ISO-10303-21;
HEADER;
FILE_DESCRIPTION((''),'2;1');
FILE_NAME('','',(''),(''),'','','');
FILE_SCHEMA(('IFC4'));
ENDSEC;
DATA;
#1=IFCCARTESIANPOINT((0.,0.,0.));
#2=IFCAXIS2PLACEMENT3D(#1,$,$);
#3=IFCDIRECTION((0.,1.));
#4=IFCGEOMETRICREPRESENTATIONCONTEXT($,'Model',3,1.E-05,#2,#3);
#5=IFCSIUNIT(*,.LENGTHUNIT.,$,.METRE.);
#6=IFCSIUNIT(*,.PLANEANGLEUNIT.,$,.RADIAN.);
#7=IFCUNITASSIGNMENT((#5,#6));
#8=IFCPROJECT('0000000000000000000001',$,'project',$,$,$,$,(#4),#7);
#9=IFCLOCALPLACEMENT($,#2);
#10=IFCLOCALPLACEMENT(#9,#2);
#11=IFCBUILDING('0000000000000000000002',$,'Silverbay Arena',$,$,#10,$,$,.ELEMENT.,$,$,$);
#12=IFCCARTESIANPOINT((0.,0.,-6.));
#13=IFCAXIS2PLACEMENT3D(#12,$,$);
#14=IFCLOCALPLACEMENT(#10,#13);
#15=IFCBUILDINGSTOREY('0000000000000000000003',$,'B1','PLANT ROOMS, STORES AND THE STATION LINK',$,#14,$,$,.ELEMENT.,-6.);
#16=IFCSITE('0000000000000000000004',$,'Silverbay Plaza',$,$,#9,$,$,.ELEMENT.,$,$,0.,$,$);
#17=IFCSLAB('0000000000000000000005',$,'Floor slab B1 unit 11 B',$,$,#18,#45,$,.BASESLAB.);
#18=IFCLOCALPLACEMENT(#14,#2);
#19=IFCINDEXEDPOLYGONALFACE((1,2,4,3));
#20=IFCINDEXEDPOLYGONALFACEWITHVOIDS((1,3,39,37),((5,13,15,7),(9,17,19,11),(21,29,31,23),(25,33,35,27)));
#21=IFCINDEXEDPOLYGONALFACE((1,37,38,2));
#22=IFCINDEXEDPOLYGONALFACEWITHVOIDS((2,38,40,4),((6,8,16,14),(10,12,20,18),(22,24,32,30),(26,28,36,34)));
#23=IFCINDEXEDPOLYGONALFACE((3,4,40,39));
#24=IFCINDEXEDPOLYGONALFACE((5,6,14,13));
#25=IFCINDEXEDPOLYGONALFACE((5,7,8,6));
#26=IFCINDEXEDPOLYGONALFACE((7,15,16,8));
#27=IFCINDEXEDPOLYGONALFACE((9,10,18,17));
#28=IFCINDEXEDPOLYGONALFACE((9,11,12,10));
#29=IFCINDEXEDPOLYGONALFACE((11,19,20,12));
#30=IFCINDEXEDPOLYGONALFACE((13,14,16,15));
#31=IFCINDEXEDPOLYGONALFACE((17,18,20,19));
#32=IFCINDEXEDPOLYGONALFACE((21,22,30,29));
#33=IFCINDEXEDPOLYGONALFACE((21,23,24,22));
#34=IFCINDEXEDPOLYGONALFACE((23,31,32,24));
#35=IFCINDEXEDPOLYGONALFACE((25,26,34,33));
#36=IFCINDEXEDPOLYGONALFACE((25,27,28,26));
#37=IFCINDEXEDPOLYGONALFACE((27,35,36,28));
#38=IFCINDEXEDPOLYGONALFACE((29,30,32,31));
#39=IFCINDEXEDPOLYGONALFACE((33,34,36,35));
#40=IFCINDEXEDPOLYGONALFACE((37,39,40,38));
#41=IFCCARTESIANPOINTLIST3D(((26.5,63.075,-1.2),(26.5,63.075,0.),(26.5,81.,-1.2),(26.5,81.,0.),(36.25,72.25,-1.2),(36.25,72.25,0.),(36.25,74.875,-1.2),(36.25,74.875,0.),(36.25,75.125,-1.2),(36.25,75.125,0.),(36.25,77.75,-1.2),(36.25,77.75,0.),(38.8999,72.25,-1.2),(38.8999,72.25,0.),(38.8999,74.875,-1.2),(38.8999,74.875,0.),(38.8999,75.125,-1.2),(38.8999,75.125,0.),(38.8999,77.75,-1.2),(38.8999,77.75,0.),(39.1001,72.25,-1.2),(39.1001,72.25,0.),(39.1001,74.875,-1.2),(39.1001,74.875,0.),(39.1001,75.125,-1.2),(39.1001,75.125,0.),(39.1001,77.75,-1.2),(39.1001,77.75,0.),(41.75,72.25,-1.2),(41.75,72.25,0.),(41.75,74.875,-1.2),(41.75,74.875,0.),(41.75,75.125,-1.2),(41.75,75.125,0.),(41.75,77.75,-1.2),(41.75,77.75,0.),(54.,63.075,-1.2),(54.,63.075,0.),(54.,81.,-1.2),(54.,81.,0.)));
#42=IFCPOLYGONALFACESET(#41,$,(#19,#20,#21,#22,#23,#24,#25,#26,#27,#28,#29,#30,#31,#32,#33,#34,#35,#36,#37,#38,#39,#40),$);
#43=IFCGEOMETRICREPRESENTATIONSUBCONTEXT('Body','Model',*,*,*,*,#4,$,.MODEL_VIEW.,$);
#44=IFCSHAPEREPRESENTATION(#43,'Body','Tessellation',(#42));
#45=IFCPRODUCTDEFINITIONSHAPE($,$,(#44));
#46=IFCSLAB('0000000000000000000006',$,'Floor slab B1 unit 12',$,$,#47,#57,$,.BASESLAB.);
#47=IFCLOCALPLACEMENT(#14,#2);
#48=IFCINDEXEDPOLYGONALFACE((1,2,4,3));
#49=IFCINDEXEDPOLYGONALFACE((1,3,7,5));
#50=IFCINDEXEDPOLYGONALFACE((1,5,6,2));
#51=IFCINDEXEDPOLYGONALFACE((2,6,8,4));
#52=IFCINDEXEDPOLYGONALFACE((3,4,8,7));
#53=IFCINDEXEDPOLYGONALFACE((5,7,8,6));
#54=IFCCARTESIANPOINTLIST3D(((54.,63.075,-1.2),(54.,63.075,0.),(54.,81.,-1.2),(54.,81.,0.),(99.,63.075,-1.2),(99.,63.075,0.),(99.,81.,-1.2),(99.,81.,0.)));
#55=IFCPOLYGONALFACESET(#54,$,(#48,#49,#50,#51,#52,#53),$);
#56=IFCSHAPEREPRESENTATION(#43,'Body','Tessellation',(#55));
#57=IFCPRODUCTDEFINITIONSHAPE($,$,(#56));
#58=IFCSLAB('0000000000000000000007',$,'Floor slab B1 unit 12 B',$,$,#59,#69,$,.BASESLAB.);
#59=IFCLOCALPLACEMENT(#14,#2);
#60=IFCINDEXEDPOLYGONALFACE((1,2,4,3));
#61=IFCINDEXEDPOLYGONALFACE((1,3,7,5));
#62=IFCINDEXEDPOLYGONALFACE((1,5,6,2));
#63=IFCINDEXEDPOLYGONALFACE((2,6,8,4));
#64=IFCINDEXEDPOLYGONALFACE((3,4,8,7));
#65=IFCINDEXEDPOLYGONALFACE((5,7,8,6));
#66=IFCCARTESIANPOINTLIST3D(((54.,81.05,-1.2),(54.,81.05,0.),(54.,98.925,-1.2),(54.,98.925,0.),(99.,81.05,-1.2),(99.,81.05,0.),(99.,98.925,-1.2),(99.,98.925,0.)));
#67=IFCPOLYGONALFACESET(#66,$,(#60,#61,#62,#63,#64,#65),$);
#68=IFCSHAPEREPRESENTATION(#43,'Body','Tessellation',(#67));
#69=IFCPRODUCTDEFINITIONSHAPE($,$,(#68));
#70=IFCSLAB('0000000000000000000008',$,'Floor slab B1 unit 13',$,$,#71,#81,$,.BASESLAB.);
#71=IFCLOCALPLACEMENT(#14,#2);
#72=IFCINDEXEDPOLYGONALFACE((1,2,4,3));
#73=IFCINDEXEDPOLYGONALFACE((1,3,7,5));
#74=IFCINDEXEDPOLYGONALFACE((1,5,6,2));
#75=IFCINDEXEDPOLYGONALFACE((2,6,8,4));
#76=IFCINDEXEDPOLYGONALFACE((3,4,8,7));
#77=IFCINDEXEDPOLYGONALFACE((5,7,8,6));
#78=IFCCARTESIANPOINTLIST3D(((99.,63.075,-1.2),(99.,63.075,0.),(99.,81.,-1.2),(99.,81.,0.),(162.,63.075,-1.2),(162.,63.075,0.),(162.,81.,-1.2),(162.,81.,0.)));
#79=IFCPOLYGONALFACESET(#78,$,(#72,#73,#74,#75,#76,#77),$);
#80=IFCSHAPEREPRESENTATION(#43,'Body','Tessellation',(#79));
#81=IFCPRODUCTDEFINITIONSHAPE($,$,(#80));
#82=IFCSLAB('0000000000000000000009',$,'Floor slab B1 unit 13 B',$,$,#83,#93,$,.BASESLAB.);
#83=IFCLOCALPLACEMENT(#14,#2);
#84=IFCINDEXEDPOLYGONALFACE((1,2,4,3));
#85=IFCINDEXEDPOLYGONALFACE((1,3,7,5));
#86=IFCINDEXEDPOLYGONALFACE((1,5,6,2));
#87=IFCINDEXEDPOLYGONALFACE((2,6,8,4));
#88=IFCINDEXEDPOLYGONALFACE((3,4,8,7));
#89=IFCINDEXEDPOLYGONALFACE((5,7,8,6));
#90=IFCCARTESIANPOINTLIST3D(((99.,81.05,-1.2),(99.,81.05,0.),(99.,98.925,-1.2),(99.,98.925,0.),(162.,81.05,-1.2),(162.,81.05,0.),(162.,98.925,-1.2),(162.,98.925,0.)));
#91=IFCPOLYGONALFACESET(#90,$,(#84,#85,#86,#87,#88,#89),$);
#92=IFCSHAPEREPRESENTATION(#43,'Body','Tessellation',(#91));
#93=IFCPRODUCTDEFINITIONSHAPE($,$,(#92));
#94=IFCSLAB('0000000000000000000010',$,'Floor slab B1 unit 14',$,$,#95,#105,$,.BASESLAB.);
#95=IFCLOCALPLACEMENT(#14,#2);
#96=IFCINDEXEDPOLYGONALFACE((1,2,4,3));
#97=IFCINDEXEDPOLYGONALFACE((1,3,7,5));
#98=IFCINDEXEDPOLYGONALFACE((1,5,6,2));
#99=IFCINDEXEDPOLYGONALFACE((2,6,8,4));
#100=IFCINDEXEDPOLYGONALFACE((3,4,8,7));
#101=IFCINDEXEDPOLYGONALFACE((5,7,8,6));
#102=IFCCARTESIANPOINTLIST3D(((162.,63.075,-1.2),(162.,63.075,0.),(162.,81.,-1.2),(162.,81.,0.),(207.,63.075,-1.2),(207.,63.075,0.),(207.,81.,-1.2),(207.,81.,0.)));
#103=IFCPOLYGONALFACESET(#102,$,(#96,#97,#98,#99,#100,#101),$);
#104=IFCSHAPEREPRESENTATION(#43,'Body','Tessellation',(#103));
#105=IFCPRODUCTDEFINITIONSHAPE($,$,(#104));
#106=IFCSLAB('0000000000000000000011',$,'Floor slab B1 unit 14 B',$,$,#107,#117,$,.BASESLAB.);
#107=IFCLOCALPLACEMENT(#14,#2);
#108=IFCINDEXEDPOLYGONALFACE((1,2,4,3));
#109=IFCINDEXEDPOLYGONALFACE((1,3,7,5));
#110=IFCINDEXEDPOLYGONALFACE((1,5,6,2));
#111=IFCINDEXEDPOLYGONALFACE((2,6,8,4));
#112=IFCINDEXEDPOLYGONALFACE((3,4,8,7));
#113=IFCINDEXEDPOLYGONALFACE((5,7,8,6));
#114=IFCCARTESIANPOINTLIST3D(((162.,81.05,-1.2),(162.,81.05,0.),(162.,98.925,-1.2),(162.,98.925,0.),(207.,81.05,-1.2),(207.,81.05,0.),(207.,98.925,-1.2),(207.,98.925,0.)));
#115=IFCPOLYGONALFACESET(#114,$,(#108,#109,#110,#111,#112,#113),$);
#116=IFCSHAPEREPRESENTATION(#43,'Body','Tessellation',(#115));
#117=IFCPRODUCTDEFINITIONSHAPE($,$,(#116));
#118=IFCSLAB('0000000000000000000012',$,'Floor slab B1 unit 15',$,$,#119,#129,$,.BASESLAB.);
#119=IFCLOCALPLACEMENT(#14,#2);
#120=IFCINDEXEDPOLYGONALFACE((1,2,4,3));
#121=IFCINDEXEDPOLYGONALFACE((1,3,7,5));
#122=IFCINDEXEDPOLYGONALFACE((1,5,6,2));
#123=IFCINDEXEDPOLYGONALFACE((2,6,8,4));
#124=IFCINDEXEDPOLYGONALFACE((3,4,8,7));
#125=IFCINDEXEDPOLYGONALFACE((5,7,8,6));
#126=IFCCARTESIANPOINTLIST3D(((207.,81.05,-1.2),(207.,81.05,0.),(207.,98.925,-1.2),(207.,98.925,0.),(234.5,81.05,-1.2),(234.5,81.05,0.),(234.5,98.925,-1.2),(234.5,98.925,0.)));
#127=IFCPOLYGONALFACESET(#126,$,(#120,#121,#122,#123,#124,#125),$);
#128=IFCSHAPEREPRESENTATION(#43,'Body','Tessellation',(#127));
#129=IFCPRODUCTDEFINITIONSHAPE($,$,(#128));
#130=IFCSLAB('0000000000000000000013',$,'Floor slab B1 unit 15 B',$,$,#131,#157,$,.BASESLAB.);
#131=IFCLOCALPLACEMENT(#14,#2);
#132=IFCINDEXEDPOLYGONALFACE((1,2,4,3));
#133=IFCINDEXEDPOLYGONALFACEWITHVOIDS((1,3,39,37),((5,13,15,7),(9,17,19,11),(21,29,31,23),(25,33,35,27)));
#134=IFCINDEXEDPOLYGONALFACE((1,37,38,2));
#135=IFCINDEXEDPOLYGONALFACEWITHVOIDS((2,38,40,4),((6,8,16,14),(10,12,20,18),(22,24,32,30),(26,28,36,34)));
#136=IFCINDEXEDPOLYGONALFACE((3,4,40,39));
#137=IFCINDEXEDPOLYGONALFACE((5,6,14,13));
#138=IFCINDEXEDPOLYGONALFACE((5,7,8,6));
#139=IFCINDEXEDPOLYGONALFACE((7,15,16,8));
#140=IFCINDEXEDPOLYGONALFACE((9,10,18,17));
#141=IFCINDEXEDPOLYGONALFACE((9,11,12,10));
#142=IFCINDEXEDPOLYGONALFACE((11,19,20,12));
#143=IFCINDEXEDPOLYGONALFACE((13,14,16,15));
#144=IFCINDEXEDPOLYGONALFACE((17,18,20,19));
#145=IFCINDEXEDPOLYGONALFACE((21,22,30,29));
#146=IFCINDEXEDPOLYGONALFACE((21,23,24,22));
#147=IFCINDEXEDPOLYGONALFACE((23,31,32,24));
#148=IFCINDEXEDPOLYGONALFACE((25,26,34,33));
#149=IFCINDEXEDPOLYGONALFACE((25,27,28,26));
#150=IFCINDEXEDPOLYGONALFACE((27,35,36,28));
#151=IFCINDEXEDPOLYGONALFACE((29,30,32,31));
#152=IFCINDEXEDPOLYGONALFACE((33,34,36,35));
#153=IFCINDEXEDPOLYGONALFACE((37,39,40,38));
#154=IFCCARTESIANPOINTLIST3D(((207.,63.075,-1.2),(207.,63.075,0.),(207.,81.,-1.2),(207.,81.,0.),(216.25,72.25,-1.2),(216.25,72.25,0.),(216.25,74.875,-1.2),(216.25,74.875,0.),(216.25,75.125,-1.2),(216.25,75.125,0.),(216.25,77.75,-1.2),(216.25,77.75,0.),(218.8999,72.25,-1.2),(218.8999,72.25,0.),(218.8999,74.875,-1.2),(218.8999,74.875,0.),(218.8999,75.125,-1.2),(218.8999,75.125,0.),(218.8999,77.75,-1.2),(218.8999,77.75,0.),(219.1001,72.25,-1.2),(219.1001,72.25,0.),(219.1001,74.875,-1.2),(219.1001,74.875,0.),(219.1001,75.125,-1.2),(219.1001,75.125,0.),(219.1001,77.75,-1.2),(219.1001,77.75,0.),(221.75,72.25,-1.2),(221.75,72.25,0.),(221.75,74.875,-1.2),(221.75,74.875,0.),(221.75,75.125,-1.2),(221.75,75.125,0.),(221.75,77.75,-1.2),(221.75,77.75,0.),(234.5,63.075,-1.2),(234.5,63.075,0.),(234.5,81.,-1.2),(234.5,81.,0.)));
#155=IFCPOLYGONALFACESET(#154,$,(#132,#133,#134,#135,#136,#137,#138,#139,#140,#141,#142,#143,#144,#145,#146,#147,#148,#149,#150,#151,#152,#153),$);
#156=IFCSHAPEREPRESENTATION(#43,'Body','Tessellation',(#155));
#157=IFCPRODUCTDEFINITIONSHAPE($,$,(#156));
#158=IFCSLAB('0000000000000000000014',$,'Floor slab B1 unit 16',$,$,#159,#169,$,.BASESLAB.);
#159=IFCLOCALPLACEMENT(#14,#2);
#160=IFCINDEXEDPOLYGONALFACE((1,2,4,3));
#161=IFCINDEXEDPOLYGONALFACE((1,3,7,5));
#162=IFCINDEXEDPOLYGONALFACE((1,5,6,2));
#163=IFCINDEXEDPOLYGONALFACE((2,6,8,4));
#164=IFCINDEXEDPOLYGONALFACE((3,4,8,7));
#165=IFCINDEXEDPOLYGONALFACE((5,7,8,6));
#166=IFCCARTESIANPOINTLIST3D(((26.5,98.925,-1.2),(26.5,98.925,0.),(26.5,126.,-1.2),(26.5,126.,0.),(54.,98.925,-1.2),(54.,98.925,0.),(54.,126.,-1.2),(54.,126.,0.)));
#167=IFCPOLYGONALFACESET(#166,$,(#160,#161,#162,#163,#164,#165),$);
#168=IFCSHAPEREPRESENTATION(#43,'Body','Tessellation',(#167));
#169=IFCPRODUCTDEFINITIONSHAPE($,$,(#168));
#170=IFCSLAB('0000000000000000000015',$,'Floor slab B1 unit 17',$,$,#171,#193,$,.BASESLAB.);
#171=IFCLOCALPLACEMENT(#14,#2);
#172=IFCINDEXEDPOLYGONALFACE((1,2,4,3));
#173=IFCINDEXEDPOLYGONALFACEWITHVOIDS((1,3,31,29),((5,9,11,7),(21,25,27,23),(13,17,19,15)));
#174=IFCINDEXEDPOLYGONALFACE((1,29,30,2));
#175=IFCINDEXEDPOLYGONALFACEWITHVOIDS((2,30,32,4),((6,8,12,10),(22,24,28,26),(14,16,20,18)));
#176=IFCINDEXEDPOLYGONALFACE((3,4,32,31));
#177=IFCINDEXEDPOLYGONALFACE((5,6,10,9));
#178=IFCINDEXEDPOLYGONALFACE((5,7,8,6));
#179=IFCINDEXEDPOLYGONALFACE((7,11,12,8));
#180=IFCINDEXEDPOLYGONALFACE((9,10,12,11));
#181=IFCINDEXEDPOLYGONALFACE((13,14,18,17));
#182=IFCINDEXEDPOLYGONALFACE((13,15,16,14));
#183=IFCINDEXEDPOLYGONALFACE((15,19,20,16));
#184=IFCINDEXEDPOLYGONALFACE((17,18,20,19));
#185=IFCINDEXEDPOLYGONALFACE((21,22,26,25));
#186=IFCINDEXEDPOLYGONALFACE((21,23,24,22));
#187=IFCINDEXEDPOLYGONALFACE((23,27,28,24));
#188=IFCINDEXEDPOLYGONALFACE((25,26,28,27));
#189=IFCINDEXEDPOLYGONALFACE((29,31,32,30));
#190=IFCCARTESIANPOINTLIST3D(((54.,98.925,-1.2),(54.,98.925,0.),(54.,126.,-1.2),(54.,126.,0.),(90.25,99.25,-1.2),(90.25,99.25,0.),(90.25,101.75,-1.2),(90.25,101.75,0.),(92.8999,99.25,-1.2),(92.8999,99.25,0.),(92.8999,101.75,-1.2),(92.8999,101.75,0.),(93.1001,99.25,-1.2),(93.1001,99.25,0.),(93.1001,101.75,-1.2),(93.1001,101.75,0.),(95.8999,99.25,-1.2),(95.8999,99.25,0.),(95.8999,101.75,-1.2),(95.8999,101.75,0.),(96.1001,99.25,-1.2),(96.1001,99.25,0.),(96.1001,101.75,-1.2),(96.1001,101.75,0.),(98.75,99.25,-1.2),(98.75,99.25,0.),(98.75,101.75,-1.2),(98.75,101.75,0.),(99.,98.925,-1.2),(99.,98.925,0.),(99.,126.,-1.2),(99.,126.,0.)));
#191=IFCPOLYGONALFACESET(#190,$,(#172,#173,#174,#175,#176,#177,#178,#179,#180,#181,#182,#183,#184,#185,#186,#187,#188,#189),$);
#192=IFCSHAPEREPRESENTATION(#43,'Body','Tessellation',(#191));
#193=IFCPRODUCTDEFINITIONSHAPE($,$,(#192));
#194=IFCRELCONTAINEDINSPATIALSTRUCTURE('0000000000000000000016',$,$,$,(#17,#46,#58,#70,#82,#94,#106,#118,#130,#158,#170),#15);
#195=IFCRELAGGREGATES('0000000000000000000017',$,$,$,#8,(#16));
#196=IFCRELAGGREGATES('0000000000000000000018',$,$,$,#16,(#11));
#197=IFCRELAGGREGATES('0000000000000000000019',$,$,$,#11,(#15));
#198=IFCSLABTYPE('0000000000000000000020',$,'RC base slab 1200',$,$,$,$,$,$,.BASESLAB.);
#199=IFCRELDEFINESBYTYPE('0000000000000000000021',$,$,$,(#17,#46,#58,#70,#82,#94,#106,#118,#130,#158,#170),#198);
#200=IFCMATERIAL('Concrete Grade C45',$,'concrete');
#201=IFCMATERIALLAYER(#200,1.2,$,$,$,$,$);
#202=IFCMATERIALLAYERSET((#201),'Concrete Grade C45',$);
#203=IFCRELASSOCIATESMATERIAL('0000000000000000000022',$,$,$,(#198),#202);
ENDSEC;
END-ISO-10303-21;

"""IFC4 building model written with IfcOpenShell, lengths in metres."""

from ifc_helpers import new_model, si_unit, direction, frame, origin, place, context, subcontext, project, spatial, polyline, outline, extrude, material, layer, layer_set, type_object, element, save


model = new_model("IFC4")

# Units and contexts
model_context = context("Model", 3, precision=1e-05, world=origin(), true_north=direction((0.0, 1.0)))
body_context = subcontext(model_context, "Body", "Model", "MODEL_VIEW")
ifc_project = project(units=[si_unit("LENGTHUNIT", "METRE"), si_unit("PLANEANGLEUNIT", "RADIAN")], contexts=[model_context])

# Site, building, storey
site_placement = place(None, origin())
site = spatial("IfcSite", under=ifc_project, at=site_placement, Name="Silverbay Plaza", CompositionType="ELEMENT", RefElevation=0.0)
building_placement = place(site_placement, origin())
building = spatial("IfcBuilding", under=site, at=building_placement, Name="Silverbay Arena", CompositionType="ELEMENT")
storey_placement = place(building_placement, frame((0.0, 0.0, -6.0)))
storey = spatial("IfcBuildingStorey", under=building, at=storey_placement, Name="B1", Description="PLANT ROOMS, STORES AND THE STATION LINK", CompositionType="ELEMENT", Elevation=-6.0)

# Slabs
ifc_material = material(Name="Concrete Grade C45", Category="concrete")
ifc_layer = layer(ifc_material, 1.2)
ifc_layer_set = layer_set([ifc_layer], Name="Concrete Grade C45")
slab_type = type_object("IfcSlabType", Name="RC base slab 1200", PredefinedType="BASESLAB", material=ifc_layer_set)
slab_1_placement = place(storey_placement, frame((0.0, 0.0, -1.2)))
element("IfcSlab", 1, at=slab_1_placement, inside=storey, type_object=slab_type, Name="Floor slab B1 unit 11 B", PredefinedType="BASESLAB", context=body_context, shape_type="SweptSolid", body=[
    extrude(outline(polyline([(26.5, 63.075), (26.5, 81.0), (54.0, 81.0), (54.0, 63.075), (26.5, 63.075)]), holes=[polyline([(39.1001, 75.125), (41.75, 75.125), (41.75, 77.75), (39.1001, 77.75), (39.1001, 75.125)]), polyline([(39.1001, 74.875), (39.1001, 72.25), (41.75, 72.25), (41.75, 74.875), (39.1001, 74.875)]), polyline([(36.25, 75.125), (38.8999, 75.125), (38.8999, 77.75), (36.25, 77.75), (36.25, 75.125)]), polyline([(36.25, 74.875), (36.25, 72.25), (38.8999, 72.25), (38.8999, 74.875), (36.25, 74.875)])]), origin(), (0.0, 0.0, 1.0), 1.2),
])
slab_2_placement = place(storey_placement, frame((0.0, 0.0, -1.2)))
element("IfcSlab", 2, at=slab_2_placement, inside=storey, type_object=slab_type, Name="Floor slab B1 unit 12", PredefinedType="BASESLAB", context=body_context, shape_type="SweptSolid", body=[
    extrude(outline(polyline([(99.0, 63.075), (54.0, 63.075), (54.0, 81.0), (99.0, 81.0), (99.0, 63.075)])), origin(), (0.0, 0.0, 1.0), 1.2),
])
slab_3_placement = place(storey_placement, frame((0.0, 0.0, -1.2)))
element("IfcSlab", 3, at=slab_3_placement, inside=storey, type_object=slab_type, Name="Floor slab B1 unit 12 B", PredefinedType="BASESLAB", context=body_context, shape_type="SweptSolid", body=[
    extrude(outline(polyline([(99.0, 81.05), (54.0, 81.05), (54.0, 98.925), (99.0, 98.925), (99.0, 81.05)])), origin(), (0.0, 0.0, 1.0), 1.2),
])
slab_4_placement = place(storey_placement, frame((0.0, 0.0, -1.2)))
element("IfcSlab", 4, at=slab_4_placement, inside=storey, type_object=slab_type, Name="Floor slab B1 unit 13", PredefinedType="BASESLAB", context=body_context, shape_type="SweptSolid", body=[
    extrude(outline(polyline([(162.0, 63.075), (99.0, 63.075), (99.0, 81.0), (162.0, 81.0), (162.0, 63.075)])), origin(), (0.0, 0.0, 1.0), 1.2),
])
slab_5_placement = place(storey_placement, frame((0.0, 0.0, -1.2)))
element("IfcSlab", 5, at=slab_5_placement, inside=storey, type_object=slab_type, Name="Floor slab B1 unit 13 B", PredefinedType="BASESLAB", context=body_context, shape_type="SweptSolid", body=[
    extrude(outline(polyline([(162.0, 81.05), (99.0, 81.05), (99.0, 98.925), (162.0, 98.925), (162.0, 81.05)])), origin(), (0.0, 0.0, 1.0), 1.2),
])
slab_6_placement = place(storey_placement, frame((0.0, 0.0, -1.2)))
element("IfcSlab", 6, at=slab_6_placement, inside=storey, type_object=slab_type, Name="Floor slab B1 unit 14", PredefinedType="BASESLAB", context=body_context, shape_type="SweptSolid", body=[
    extrude(outline(polyline([(207.0, 63.075), (162.0, 63.075), (162.0, 81.0), (207.0, 81.0), (207.0, 63.075)])), origin(), (0.0, 0.0, 1.0), 1.2),
])
slab_7_placement = place(storey_placement, frame((0.0, 0.0, -1.2)))
element("IfcSlab", 7, at=slab_7_placement, inside=storey, type_object=slab_type, Name="Floor slab B1 unit 14 B", PredefinedType="BASESLAB", context=body_context, shape_type="SweptSolid", body=[
    extrude(outline(polyline([(207.0, 81.05), (162.0, 81.05), (162.0, 98.925), (207.0, 98.925), (207.0, 81.05)])), origin(), (0.0, 0.0, 1.0), 1.2),
])
slab_8_placement = place(storey_placement, frame((0.0, 0.0, -1.2)))
element("IfcSlab", 8, at=slab_8_placement, inside=storey, type_object=slab_type, Name="Floor slab B1 unit 15", PredefinedType="BASESLAB", context=body_context, shape_type="SweptSolid", body=[
    extrude(outline(polyline([(234.5, 98.925), (234.5, 81.05), (207.0, 81.05), (207.0, 98.925), (234.5, 98.925)])), origin(), (0.0, 0.0, 1.0), 1.2),
])
slab_9_placement = place(storey_placement, frame((0.0, 0.0, -1.2)))
element("IfcSlab", 9, at=slab_9_placement, inside=storey, type_object=slab_type, Name="Floor slab B1 unit 15 B", PredefinedType="BASESLAB", context=body_context, shape_type="SweptSolid", body=[
    extrude(outline(polyline([(234.5, 63.075), (207.0, 63.075), (207.0, 81.0), (234.5, 81.0), (234.5, 63.075)]), holes=[polyline([(219.1001, 75.125), (221.75, 75.125), (221.75, 77.75), (219.1001, 77.75), (219.1001, 75.125)]), polyline([(219.1001, 74.875), (219.1001, 72.25), (221.75, 72.25), (221.75, 74.875), (219.1001, 74.875)]), polyline([(216.25, 75.125), (218.8999, 75.125), (218.8999, 77.75), (216.25, 77.75), (216.25, 75.125)]), polyline([(216.25, 74.875), (216.25, 72.25), (218.8999, 72.25), (218.8999, 74.875), (216.25, 74.875)])]), origin(), (0.0, 0.0, 1.0), 1.2),
])
slab_10_placement = place(storey_placement, frame((0.0, 0.0, -1.2)))
element("IfcSlab", 10, at=slab_10_placement, inside=storey, type_object=slab_type, Name="Floor slab B1 unit 16", PredefinedType="BASESLAB", context=body_context, shape_type="SweptSolid", body=[
    extrude(outline(polyline([(54.0, 98.925), (26.5, 98.925), (26.5, 126.0), (54.0, 126.0), (54.0, 98.925)])), origin(), (0.0, 0.0, 1.0), 1.2),
])
slab_11_placement = place(storey_placement, frame((0.0, 0.0, -1.2)))
element("IfcSlab", 11, at=slab_11_placement, inside=storey, type_object=slab_type, Name="Floor slab B1 unit 17", PredefinedType="BASESLAB", context=body_context, shape_type="SweptSolid", body=[
    extrude(outline(polyline([(99.0, 126.0), (99.0, 98.925), (54.0, 98.925), (54.0, 126.0), (99.0, 126.0)]), holes=[polyline([(98.75, 101.75), (96.1001, 101.75), (96.1001, 99.25), (98.75, 99.25), (98.75, 101.75)]), polyline([(95.8999, 101.75), (93.1001, 101.75), (93.1001, 99.25), (95.8999, 99.25), (95.8999, 101.75)]), polyline([(90.25, 101.75), (90.25, 99.25), (92.8999, 99.25), (92.8999, 101.75), (90.25, 101.75)])]), origin(), (0.0, 0.0, 1.0), 1.2),
])

save(model, "model.ifc")
